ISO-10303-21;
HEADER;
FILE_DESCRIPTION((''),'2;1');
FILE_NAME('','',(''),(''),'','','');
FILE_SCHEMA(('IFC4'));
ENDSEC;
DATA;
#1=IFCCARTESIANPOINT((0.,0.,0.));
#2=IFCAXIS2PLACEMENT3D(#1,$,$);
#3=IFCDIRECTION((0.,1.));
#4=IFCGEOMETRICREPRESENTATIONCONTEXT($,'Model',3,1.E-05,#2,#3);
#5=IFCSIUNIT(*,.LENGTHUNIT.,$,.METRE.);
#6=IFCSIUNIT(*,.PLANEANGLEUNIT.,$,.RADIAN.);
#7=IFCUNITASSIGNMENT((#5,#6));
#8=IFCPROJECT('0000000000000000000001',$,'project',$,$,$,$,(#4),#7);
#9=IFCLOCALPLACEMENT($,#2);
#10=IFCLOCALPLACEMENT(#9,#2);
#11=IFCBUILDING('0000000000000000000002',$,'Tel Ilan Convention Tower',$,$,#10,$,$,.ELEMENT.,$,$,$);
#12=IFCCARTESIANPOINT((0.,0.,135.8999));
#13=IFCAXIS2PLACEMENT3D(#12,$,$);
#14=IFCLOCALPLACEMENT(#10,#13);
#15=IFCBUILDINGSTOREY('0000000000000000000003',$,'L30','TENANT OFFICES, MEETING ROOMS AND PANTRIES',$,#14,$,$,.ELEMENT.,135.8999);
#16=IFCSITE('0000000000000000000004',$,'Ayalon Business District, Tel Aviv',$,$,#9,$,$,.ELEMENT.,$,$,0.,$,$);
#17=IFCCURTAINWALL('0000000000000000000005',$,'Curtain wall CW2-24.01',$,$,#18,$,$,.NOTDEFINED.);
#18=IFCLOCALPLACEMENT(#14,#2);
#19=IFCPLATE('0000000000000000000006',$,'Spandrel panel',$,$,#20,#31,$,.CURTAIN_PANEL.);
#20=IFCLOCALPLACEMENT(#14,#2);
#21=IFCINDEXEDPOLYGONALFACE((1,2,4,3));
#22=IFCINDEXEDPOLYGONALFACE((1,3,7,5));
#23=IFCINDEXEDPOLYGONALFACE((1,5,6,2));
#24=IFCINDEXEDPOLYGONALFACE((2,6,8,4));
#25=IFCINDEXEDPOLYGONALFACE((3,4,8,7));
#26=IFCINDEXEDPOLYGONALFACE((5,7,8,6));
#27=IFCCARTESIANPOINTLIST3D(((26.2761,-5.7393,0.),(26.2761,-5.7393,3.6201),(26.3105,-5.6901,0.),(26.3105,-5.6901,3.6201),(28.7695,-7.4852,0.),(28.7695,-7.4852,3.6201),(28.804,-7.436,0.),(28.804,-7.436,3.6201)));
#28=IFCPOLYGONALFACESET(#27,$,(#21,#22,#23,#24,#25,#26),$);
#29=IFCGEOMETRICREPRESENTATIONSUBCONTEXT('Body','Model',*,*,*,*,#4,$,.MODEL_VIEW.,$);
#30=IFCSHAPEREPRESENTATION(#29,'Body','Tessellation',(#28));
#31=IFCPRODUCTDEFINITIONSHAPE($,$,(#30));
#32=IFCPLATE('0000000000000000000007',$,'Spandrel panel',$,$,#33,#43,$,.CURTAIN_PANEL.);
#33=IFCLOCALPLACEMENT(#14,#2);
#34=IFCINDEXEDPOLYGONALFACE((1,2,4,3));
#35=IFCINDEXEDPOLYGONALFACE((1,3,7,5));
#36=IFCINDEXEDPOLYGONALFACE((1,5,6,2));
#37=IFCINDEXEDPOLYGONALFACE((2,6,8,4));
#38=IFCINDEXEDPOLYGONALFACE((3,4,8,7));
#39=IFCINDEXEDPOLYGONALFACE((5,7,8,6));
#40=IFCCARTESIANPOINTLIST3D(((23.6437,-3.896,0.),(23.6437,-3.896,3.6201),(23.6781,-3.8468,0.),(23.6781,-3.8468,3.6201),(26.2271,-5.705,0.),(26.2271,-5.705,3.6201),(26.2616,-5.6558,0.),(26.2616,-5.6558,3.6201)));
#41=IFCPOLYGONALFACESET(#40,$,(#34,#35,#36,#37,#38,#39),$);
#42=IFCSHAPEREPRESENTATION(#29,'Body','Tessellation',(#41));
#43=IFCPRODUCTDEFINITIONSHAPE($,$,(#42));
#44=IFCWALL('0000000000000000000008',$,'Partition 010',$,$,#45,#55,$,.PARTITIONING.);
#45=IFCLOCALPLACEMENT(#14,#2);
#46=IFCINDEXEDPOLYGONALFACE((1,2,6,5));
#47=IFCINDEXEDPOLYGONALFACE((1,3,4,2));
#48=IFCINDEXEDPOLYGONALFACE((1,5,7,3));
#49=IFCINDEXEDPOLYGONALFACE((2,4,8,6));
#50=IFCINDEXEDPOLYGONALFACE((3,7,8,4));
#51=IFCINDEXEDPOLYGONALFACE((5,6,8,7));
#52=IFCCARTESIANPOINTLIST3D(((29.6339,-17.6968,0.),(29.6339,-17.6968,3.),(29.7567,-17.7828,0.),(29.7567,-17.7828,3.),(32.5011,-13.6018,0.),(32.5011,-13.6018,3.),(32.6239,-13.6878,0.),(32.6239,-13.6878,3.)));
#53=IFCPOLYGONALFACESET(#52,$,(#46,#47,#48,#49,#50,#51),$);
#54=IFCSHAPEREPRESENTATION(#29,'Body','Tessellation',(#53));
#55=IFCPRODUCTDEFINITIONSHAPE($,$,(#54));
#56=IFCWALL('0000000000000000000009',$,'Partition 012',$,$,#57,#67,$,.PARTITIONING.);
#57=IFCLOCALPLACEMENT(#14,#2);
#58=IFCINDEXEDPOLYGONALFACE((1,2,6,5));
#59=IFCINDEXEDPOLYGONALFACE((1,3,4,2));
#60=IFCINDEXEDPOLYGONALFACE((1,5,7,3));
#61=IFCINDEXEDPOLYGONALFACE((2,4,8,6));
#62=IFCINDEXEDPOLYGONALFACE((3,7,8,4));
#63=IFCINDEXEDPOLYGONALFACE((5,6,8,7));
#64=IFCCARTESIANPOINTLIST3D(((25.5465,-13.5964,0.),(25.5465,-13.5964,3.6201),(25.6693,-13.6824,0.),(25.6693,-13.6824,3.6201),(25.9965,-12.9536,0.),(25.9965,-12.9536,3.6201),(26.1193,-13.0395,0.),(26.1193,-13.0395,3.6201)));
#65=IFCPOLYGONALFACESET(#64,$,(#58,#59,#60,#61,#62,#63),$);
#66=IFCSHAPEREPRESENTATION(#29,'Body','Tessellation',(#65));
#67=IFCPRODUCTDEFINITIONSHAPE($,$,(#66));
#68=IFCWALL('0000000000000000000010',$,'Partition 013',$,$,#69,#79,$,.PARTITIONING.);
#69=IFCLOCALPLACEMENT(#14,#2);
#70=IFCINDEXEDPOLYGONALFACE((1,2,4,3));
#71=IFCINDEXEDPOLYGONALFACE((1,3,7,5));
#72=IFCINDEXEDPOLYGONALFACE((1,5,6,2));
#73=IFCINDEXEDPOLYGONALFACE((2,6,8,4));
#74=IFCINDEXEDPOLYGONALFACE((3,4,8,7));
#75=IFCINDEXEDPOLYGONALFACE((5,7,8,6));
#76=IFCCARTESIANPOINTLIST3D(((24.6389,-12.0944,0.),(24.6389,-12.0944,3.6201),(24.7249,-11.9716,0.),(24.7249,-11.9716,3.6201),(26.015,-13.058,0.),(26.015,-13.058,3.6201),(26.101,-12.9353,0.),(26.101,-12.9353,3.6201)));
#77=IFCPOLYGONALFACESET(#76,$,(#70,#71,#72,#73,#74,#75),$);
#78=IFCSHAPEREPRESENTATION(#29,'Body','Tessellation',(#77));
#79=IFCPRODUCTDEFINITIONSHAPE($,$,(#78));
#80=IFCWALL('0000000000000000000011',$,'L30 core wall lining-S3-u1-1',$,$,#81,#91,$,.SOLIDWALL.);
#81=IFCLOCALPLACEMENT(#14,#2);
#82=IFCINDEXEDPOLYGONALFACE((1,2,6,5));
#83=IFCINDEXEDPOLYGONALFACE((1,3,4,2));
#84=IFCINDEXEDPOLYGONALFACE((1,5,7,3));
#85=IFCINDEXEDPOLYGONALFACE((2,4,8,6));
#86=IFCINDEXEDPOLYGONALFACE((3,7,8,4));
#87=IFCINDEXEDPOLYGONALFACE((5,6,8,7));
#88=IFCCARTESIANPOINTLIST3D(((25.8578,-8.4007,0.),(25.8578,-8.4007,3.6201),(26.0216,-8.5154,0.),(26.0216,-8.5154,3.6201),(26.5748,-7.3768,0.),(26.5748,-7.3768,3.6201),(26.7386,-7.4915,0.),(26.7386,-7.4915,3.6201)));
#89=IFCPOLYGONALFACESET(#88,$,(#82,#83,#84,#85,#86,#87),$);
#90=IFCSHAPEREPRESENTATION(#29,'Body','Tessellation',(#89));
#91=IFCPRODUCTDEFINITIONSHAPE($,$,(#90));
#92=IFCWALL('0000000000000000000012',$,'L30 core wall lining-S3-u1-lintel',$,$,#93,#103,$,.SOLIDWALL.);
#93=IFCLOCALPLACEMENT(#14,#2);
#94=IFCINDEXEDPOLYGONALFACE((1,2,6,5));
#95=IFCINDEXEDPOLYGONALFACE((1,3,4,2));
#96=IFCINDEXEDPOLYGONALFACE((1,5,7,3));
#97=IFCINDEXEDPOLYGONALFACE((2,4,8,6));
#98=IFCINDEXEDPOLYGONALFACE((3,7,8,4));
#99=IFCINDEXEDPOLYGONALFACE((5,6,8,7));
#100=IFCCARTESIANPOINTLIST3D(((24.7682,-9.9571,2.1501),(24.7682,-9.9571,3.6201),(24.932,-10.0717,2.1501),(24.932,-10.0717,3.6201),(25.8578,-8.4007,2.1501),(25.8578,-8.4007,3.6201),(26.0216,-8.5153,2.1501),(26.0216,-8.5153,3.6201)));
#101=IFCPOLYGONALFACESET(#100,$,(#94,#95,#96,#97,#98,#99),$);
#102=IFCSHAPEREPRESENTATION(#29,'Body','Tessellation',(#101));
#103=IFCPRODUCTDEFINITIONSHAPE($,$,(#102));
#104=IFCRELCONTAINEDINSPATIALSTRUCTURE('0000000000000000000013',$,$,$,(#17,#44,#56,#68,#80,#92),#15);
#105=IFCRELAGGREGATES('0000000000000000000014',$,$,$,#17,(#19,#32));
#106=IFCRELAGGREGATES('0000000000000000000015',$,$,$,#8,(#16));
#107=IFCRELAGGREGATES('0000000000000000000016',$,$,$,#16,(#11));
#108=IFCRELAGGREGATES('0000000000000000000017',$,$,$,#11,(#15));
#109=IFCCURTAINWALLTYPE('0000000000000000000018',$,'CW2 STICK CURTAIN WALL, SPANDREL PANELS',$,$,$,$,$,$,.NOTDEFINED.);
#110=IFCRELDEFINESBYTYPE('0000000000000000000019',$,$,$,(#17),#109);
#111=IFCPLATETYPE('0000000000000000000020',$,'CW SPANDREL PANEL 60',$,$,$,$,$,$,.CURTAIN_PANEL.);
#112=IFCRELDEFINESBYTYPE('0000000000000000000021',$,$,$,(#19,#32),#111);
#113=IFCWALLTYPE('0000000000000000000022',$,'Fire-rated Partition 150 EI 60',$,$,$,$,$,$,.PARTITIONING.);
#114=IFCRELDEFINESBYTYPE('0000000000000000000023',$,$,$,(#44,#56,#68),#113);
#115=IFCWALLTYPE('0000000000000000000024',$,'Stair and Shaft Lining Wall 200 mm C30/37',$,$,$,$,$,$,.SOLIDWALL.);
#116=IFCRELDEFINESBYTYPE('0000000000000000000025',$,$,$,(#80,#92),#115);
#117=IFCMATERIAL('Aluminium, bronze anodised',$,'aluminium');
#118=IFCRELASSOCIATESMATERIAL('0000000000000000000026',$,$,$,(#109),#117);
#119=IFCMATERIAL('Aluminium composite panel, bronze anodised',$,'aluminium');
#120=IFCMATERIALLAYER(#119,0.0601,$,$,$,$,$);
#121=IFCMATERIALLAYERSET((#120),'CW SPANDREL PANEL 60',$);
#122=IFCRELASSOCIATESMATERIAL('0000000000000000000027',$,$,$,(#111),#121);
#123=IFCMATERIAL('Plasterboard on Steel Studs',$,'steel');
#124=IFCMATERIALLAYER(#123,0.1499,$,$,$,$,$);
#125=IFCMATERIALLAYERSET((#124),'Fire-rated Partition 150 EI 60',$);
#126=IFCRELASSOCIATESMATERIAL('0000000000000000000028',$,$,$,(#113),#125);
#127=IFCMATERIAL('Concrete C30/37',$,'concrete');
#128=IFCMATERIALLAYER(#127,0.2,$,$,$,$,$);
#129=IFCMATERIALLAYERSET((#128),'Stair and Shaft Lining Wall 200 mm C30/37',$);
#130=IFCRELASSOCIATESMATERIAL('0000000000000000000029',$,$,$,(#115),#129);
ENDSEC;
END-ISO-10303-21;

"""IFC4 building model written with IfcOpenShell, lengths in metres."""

from ifc_helpers import new_model, si_unit, direction, frame, frame_2d, origin, origin_2d, place, context, subcontext, project, spatial, rectangle, extrude, material, layer, layer_set, type_object, element, aggregate, save


model = new_model("IFC4")

# Units and contexts
model_context = context("Model", 3, precision=1e-05, world=origin(), true_north=direction((0.0, 1.0)))
body_context = subcontext(model_context, "Body", "Model", "MODEL_VIEW")
ifc_project = project(units=[si_unit("LENGTHUNIT", "METRE"), si_unit("PLANEANGLEUNIT", "RADIAN")], contexts=[model_context])

# Site, building, storey
site_placement = place(None, origin())
site = spatial("IfcSite", under=ifc_project, at=site_placement, Name="Ayalon Business District, Tel Aviv", CompositionType="ELEMENT", RefElevation=0.0)
building_placement = place(site_placement, origin())
building = spatial("IfcBuilding", under=site, at=building_placement, Name="Tel Ilan Convention Tower", CompositionType="ELEMENT")
storey_placement = place(building_placement, frame((0.0, 0.0, 135.8999)))
storey = spatial("IfcBuildingStorey", under=building, at=storey_placement, Name="L30", Description="TENANT OFFICES, MEETING ROOMS AND PANTRIES", CompositionType="ELEMENT", Elevation=135.8999)

# Curtain wall
ifc_material_1 = material(Name="Aluminium, bronze anodised", Category="aluminium")
curtain_wall_type_1 = type_object("IfcCurtainWallType", Name="CW2 STICK CURTAIN WALL, SPANDREL PANELS", PredefinedType="NOTDEFINED", material=ifc_material_1)
curtain_wall_1_placement = place(storey_placement, origin())
curtain_wall_1 = element("IfcCurtainWall", 1, at=curtain_wall_1_placement, inside=storey, type_object=curtain_wall_type_1, Name="Curtain wall CW2-24.01", PredefinedType="NOTDEFINED")

# Plates
ifc_material_2 = material(Name="Aluminium composite panel, bronze anodised", Category="aluminium")
ifc_layer_1 = layer(ifc_material_2, 0.0601)
ifc_layer_set_1 = layer_set([ifc_layer_1], Name="CW SPANDREL PANEL 60")
plate_type_1 = type_object("IfcPlateType", Name="CW SPANDREL PANEL 60", PredefinedType="CURTAIN_PANEL", material=ifc_layer_set_1)
plate_1_placement = place(storey_placement, frame((27.54, -6.5876, 0.0), z_axis=(0.0, 0.0, 1.0), x_axis=(-0.819152, 0.573576, 0.0)))
plate_1 = element("IfcPlate", 2, at=plate_1_placement, type_object=plate_type_1, Name="Spandrel panel", PredefinedType="CURTAIN_PANEL", context=body_context, shape_type="SweptSolid", body=[
    extrude(rectangle(XDim=3.0439, YDim=0.0601, at=origin_2d()), origin(), (0.0, 0.0, 1.0), 3.6201),
])
plate_2_placement = place(storey_placement, frame((24.9526, -4.7759, 0.0), z_axis=(0.0, 0.0, 1.0), x_axis=(-0.819152, 0.573576, 0.0)))
plate_2 = element("IfcPlate", 3, at=plate_2_placement, type_object=plate_type_1, Name="Spandrel panel", PredefinedType="CURTAIN_PANEL", context=body_context, shape_type="SweptSolid", body=[
    extrude(rectangle(XDim=3.1538, YDim=0.0601, at=origin_2d()), origin(), (0.0, 0.0, 1.0), 3.6201),
])
aggregate(curtain_wall_1, [plate_1, plate_2])

# Walls
ifc_material_3 = material(Name="Plasterboard on Steel Studs", Category="steel")
ifc_layer_2 = layer(ifc_material_3, 0.1499)
ifc_layer_set_2 = layer_set([ifc_layer_2], Name="Fire-rated Partition 150 EI 60")
wall_type_1 = type_object("IfcWallType", Name="Fire-rated Partition 150 EI 60", PredefinedType="PARTITIONING", material=ifc_layer_set_2)
wall_1_placement = place(storey_placement, frame((32.5625, -13.6448, 0.0), z_axis=(0.0, 0.0, 1.0), x_axis=(-0.573557, -0.819165, 0.0)))
element("IfcWall", 4, at=wall_1_placement, inside=storey, type_object=wall_type_1, Name="Partition 010", PredefinedType="PARTITIONING", context=body_context, shape_type="SweptSolid", body=[
    extrude(rectangle(XDim=4.999, YDim=0.1499, at=frame_2d((2.4995, 0.0))), origin(), (0.0, 0.0, 1.0), 3.0),
])
wall_2_placement = place(storey_placement, frame((25.6079, -13.6394, 0.0), z_axis=(0.0, 0.0, 1.0), x_axis=(0.573441, 0.819247, 0.0)))
element("IfcWall", 5, at=wall_2_placement, inside=storey, type_object=wall_type_1, Name="Partition 012", PredefinedType="PARTITIONING", context=body_context, shape_type="SweptSolid", body=[
    extrude(rectangle(XDim=0.7847, YDim=0.1499, at=frame_2d((0.3923, 0.0))), origin(), (0.0, 0.0, 1.0), 3.6201),
])
wall_3_placement = place(storey_placement, frame((26.0579, -12.9966, 0.0), z_axis=(0.0, 0.0, 1.0), x_axis=(-0.819109, 0.573638, 0.0)))
element("IfcWall", 6, at=wall_3_placement, inside=storey, type_object=wall_type_1, Name="Partition 013", PredefinedType="PARTITIONING", context=body_context, shape_type="SweptSolid", body=[
    extrude(rectangle(XDim=1.6799, YDim=0.1499, at=frame_2d((0.8398, 0.0))), origin(), (0.0, 0.0, 1.0), 3.6201),
])
ifc_material_4 = material(Name="Concrete C30/37", Category="concrete")
ifc_layer_3 = layer(ifc_material_4, 0.2)
ifc_layer_set_3 = layer_set([ifc_layer_3], Name="Stair and Shaft Lining Wall 200 mm C30/37")
wall_type_2 = type_object("IfcWallType", Name="Stair and Shaft Lining Wall 200 mm C30/37", PredefinedType="SOLIDWALL", material=ifc_layer_set_3)
wall_4_placement = place(storey_placement, frame((25.9397, -8.458, 0.0), z_axis=(0.0, 0.0, 1.0), x_axis=(0.57362, 0.819122, 0.0)))
element("IfcWall", 7, at=wall_4_placement, inside=storey, type_object=wall_type_2, Name="L30 core wall lining-S3-u1-1", PredefinedType="SOLIDWALL", context=body_context, shape_type="SweptSolid", body=[
    extrude(rectangle(XDim=1.25, YDim=0.2, at=frame_2d((0.625, 0.0))), origin(), (0.0, 0.0, 1.0), 3.6201),
])
wall_5_placement = place(storey_placement, frame((24.8501, -10.0144, 2.1501), z_axis=(0.0, 0.0, 1.0), x_axis=(0.573505, 0.819202, 0.0)))
element("IfcWall", 8, at=wall_5_placement, inside=storey, type_object=wall_type_2, Name="L30 core wall lining-S3-u1-lintel", PredefinedType="SOLIDWALL", context=body_context, shape_type="SweptSolid", body=[
    extrude(rectangle(XDim=1.8999, YDim=0.2, at=frame_2d((0.95, 0.0))), origin(), (0.0, 0.0, 1.0), 1.47),
])

save(model, "model.ifc")
